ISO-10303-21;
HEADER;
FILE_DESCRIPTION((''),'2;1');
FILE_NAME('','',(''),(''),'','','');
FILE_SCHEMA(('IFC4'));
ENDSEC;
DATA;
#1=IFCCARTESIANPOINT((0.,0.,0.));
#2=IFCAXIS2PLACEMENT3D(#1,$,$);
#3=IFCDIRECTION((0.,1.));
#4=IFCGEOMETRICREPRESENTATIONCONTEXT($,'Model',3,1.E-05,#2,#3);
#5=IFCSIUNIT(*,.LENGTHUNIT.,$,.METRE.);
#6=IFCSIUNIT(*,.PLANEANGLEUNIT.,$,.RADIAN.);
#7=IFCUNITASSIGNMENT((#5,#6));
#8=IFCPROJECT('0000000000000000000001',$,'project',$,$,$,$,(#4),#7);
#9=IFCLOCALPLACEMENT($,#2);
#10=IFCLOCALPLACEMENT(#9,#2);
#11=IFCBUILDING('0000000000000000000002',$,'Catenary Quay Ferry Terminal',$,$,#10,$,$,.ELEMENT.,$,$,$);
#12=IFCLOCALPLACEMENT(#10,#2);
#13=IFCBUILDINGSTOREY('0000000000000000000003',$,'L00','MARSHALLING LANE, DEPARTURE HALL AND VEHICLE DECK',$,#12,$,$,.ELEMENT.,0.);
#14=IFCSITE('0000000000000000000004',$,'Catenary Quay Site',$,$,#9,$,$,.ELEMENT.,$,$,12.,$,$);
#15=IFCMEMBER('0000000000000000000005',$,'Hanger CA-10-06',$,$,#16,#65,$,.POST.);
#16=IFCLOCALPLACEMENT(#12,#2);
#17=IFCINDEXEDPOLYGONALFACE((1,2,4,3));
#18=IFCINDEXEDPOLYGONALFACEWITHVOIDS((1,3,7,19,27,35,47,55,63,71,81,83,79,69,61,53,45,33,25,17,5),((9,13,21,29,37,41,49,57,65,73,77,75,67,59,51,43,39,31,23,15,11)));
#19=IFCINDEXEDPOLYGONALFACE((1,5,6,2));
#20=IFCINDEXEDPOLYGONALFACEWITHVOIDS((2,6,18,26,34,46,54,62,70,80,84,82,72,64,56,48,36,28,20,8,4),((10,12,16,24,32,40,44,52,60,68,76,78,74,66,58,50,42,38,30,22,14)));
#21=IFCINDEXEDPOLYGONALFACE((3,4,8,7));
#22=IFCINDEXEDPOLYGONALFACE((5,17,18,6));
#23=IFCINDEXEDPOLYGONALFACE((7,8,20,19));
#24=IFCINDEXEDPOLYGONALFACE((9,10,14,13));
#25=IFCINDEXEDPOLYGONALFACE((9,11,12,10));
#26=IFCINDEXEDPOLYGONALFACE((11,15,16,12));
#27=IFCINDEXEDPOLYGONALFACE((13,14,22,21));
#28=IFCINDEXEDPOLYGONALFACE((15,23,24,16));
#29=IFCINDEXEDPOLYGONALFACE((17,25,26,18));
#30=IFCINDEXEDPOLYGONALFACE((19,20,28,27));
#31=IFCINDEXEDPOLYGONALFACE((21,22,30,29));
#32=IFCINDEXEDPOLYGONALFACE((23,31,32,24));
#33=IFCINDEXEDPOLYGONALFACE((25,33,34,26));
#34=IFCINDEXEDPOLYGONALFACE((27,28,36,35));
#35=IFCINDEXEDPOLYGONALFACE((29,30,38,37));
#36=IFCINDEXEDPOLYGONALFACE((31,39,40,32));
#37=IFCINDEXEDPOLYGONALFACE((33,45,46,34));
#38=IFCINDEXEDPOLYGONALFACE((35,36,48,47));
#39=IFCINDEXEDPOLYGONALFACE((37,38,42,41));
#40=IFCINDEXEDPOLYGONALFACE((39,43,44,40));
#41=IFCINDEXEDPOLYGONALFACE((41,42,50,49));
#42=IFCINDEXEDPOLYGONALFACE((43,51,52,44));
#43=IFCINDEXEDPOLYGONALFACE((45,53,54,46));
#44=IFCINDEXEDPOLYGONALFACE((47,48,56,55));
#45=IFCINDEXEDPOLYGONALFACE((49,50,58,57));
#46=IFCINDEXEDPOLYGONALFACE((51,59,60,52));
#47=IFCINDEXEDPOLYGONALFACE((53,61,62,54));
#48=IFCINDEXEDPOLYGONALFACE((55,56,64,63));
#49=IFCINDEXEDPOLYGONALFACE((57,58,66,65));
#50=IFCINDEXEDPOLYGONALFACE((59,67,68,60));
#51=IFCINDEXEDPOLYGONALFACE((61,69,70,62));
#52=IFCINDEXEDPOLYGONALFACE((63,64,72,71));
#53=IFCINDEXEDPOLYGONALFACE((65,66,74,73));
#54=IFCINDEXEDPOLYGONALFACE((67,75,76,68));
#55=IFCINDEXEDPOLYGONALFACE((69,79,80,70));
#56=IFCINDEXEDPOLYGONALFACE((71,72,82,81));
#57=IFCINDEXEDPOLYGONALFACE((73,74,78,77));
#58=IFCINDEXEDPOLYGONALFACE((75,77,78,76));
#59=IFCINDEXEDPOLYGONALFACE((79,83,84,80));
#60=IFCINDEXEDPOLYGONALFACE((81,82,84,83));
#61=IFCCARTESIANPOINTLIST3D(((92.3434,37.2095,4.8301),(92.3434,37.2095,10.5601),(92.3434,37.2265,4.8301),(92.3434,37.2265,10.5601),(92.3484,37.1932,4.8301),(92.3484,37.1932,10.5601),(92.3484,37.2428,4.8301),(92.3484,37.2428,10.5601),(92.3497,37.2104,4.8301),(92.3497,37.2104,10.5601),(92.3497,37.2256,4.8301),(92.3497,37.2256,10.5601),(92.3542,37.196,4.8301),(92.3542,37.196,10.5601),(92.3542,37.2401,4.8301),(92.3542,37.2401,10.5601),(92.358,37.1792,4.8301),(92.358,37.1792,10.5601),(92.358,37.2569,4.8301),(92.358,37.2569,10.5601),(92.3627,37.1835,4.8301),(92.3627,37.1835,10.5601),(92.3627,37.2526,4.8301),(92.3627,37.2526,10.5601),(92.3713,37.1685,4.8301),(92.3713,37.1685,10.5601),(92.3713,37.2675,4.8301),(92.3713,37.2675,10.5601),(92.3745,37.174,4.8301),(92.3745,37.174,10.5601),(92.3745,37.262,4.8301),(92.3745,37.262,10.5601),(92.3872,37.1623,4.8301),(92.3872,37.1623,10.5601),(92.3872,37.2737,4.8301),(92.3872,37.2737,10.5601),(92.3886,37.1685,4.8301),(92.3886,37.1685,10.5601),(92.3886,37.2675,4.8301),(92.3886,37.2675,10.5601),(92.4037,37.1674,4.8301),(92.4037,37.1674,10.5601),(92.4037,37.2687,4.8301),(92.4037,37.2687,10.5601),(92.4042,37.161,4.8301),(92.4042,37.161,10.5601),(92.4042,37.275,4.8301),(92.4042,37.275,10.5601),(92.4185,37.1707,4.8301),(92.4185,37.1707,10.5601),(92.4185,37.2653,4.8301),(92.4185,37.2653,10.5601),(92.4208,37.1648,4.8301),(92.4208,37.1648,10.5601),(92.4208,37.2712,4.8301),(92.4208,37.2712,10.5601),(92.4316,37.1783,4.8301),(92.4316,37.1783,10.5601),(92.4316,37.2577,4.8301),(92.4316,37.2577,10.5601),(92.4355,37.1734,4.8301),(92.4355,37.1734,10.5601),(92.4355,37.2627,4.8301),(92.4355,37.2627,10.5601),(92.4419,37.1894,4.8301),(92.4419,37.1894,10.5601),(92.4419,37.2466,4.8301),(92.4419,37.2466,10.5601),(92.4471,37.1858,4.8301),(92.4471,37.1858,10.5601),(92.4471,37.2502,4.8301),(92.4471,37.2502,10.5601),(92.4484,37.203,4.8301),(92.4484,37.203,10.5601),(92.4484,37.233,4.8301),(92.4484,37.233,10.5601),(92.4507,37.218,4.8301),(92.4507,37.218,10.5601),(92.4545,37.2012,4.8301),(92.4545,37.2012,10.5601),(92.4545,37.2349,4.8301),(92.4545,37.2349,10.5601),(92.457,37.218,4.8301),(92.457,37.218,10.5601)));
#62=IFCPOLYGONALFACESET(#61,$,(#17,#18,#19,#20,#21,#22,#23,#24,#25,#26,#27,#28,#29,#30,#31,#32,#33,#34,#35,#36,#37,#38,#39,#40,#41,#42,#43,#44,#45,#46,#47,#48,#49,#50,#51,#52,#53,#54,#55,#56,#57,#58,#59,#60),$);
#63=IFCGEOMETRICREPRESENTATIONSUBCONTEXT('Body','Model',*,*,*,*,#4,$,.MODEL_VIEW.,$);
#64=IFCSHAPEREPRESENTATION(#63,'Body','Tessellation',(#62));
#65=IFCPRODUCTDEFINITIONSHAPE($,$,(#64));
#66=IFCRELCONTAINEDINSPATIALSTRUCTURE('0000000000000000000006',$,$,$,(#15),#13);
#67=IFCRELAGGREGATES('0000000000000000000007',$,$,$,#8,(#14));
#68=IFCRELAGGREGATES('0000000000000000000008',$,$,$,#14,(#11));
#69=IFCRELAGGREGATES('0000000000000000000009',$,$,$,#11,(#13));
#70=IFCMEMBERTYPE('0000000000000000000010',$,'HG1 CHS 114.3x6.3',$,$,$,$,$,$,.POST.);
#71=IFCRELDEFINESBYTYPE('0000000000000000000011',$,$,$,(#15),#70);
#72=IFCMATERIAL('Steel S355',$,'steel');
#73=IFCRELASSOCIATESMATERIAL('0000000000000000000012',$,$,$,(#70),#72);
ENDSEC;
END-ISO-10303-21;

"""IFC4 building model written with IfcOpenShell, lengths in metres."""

from ifc_helpers import new_model, si_unit, direction, frame, origin, origin_2d, place, context, subcontext, project, spatial, hollow_circle, extrude, material, material_profile, profile_set, type_object, element, save


model = new_model("IFC4")

# Units and contexts
model_context = context("Model", 3, precision=1e-05, world=origin(), true_north=direction((0.0, 1.0)))
body_context = subcontext(model_context, "Body", "Model", "MODEL_VIEW")
ifc_project = project(units=[si_unit("LENGTHUNIT", "METRE"), si_unit("PLANEANGLEUNIT", "RADIAN")], contexts=[model_context])

# Site, building, storey
site_placement = place(None, origin())
site = spatial("IfcSite", under=ifc_project, at=site_placement, Name="Catenary Quay Site", CompositionType="ELEMENT", RefElevation=12.0)
building_placement = place(site_placement, origin())
building = spatial("IfcBuilding", under=site, at=building_placement, Name="Catenary Quay Ferry Terminal", CompositionType="ELEMENT")
storey_placement = place(building_placement, origin())
storey = spatial("IfcBuildingStorey", under=building, at=storey_placement, Name="L00", Description="MARSHALLING LANE, DEPARTURE HALL AND VEHICLE DECK", CompositionType="ELEMENT", Elevation=0.0)

# Member
ifc_material_1 = material(Name="Steel S355", Category="steel")
ifc_material_profile_1 = material_profile(ifc_material_1, hollow_circle(Radius=0.0571, WallThickness=0.0063, at=origin_2d()), Name="CHS 114.3x6.3")
ifc_profile_set_1 = profile_set([ifc_material_profile_1], Name="Steel S355")
member_type_1 = type_object("IfcMemberType", Name="HG1 CHS 114.3x6.3", PredefinedType="POST", material=ifc_profile_set_1)
member_1_placement = place(storey_placement, frame((92.3999, 37.218, 4.8301), z_axis=(0.0, 0.0, 1.0), x_axis=(1.0, 0.0, 0.0)))
element("IfcMember", 1, at=member_1_placement, inside=storey, type_object=member_type_1, Name="Hanger CA-10-06", PredefinedType="POST", context=body_context, shape_type="SweptSolid", body=[
    extrude(hollow_circle(Radius=0.0571, WallThickness=0.0063, at=origin_2d()), origin(), (0.0, 0.0, 1.0), 5.73),
])

save(model, "model.ifc")
